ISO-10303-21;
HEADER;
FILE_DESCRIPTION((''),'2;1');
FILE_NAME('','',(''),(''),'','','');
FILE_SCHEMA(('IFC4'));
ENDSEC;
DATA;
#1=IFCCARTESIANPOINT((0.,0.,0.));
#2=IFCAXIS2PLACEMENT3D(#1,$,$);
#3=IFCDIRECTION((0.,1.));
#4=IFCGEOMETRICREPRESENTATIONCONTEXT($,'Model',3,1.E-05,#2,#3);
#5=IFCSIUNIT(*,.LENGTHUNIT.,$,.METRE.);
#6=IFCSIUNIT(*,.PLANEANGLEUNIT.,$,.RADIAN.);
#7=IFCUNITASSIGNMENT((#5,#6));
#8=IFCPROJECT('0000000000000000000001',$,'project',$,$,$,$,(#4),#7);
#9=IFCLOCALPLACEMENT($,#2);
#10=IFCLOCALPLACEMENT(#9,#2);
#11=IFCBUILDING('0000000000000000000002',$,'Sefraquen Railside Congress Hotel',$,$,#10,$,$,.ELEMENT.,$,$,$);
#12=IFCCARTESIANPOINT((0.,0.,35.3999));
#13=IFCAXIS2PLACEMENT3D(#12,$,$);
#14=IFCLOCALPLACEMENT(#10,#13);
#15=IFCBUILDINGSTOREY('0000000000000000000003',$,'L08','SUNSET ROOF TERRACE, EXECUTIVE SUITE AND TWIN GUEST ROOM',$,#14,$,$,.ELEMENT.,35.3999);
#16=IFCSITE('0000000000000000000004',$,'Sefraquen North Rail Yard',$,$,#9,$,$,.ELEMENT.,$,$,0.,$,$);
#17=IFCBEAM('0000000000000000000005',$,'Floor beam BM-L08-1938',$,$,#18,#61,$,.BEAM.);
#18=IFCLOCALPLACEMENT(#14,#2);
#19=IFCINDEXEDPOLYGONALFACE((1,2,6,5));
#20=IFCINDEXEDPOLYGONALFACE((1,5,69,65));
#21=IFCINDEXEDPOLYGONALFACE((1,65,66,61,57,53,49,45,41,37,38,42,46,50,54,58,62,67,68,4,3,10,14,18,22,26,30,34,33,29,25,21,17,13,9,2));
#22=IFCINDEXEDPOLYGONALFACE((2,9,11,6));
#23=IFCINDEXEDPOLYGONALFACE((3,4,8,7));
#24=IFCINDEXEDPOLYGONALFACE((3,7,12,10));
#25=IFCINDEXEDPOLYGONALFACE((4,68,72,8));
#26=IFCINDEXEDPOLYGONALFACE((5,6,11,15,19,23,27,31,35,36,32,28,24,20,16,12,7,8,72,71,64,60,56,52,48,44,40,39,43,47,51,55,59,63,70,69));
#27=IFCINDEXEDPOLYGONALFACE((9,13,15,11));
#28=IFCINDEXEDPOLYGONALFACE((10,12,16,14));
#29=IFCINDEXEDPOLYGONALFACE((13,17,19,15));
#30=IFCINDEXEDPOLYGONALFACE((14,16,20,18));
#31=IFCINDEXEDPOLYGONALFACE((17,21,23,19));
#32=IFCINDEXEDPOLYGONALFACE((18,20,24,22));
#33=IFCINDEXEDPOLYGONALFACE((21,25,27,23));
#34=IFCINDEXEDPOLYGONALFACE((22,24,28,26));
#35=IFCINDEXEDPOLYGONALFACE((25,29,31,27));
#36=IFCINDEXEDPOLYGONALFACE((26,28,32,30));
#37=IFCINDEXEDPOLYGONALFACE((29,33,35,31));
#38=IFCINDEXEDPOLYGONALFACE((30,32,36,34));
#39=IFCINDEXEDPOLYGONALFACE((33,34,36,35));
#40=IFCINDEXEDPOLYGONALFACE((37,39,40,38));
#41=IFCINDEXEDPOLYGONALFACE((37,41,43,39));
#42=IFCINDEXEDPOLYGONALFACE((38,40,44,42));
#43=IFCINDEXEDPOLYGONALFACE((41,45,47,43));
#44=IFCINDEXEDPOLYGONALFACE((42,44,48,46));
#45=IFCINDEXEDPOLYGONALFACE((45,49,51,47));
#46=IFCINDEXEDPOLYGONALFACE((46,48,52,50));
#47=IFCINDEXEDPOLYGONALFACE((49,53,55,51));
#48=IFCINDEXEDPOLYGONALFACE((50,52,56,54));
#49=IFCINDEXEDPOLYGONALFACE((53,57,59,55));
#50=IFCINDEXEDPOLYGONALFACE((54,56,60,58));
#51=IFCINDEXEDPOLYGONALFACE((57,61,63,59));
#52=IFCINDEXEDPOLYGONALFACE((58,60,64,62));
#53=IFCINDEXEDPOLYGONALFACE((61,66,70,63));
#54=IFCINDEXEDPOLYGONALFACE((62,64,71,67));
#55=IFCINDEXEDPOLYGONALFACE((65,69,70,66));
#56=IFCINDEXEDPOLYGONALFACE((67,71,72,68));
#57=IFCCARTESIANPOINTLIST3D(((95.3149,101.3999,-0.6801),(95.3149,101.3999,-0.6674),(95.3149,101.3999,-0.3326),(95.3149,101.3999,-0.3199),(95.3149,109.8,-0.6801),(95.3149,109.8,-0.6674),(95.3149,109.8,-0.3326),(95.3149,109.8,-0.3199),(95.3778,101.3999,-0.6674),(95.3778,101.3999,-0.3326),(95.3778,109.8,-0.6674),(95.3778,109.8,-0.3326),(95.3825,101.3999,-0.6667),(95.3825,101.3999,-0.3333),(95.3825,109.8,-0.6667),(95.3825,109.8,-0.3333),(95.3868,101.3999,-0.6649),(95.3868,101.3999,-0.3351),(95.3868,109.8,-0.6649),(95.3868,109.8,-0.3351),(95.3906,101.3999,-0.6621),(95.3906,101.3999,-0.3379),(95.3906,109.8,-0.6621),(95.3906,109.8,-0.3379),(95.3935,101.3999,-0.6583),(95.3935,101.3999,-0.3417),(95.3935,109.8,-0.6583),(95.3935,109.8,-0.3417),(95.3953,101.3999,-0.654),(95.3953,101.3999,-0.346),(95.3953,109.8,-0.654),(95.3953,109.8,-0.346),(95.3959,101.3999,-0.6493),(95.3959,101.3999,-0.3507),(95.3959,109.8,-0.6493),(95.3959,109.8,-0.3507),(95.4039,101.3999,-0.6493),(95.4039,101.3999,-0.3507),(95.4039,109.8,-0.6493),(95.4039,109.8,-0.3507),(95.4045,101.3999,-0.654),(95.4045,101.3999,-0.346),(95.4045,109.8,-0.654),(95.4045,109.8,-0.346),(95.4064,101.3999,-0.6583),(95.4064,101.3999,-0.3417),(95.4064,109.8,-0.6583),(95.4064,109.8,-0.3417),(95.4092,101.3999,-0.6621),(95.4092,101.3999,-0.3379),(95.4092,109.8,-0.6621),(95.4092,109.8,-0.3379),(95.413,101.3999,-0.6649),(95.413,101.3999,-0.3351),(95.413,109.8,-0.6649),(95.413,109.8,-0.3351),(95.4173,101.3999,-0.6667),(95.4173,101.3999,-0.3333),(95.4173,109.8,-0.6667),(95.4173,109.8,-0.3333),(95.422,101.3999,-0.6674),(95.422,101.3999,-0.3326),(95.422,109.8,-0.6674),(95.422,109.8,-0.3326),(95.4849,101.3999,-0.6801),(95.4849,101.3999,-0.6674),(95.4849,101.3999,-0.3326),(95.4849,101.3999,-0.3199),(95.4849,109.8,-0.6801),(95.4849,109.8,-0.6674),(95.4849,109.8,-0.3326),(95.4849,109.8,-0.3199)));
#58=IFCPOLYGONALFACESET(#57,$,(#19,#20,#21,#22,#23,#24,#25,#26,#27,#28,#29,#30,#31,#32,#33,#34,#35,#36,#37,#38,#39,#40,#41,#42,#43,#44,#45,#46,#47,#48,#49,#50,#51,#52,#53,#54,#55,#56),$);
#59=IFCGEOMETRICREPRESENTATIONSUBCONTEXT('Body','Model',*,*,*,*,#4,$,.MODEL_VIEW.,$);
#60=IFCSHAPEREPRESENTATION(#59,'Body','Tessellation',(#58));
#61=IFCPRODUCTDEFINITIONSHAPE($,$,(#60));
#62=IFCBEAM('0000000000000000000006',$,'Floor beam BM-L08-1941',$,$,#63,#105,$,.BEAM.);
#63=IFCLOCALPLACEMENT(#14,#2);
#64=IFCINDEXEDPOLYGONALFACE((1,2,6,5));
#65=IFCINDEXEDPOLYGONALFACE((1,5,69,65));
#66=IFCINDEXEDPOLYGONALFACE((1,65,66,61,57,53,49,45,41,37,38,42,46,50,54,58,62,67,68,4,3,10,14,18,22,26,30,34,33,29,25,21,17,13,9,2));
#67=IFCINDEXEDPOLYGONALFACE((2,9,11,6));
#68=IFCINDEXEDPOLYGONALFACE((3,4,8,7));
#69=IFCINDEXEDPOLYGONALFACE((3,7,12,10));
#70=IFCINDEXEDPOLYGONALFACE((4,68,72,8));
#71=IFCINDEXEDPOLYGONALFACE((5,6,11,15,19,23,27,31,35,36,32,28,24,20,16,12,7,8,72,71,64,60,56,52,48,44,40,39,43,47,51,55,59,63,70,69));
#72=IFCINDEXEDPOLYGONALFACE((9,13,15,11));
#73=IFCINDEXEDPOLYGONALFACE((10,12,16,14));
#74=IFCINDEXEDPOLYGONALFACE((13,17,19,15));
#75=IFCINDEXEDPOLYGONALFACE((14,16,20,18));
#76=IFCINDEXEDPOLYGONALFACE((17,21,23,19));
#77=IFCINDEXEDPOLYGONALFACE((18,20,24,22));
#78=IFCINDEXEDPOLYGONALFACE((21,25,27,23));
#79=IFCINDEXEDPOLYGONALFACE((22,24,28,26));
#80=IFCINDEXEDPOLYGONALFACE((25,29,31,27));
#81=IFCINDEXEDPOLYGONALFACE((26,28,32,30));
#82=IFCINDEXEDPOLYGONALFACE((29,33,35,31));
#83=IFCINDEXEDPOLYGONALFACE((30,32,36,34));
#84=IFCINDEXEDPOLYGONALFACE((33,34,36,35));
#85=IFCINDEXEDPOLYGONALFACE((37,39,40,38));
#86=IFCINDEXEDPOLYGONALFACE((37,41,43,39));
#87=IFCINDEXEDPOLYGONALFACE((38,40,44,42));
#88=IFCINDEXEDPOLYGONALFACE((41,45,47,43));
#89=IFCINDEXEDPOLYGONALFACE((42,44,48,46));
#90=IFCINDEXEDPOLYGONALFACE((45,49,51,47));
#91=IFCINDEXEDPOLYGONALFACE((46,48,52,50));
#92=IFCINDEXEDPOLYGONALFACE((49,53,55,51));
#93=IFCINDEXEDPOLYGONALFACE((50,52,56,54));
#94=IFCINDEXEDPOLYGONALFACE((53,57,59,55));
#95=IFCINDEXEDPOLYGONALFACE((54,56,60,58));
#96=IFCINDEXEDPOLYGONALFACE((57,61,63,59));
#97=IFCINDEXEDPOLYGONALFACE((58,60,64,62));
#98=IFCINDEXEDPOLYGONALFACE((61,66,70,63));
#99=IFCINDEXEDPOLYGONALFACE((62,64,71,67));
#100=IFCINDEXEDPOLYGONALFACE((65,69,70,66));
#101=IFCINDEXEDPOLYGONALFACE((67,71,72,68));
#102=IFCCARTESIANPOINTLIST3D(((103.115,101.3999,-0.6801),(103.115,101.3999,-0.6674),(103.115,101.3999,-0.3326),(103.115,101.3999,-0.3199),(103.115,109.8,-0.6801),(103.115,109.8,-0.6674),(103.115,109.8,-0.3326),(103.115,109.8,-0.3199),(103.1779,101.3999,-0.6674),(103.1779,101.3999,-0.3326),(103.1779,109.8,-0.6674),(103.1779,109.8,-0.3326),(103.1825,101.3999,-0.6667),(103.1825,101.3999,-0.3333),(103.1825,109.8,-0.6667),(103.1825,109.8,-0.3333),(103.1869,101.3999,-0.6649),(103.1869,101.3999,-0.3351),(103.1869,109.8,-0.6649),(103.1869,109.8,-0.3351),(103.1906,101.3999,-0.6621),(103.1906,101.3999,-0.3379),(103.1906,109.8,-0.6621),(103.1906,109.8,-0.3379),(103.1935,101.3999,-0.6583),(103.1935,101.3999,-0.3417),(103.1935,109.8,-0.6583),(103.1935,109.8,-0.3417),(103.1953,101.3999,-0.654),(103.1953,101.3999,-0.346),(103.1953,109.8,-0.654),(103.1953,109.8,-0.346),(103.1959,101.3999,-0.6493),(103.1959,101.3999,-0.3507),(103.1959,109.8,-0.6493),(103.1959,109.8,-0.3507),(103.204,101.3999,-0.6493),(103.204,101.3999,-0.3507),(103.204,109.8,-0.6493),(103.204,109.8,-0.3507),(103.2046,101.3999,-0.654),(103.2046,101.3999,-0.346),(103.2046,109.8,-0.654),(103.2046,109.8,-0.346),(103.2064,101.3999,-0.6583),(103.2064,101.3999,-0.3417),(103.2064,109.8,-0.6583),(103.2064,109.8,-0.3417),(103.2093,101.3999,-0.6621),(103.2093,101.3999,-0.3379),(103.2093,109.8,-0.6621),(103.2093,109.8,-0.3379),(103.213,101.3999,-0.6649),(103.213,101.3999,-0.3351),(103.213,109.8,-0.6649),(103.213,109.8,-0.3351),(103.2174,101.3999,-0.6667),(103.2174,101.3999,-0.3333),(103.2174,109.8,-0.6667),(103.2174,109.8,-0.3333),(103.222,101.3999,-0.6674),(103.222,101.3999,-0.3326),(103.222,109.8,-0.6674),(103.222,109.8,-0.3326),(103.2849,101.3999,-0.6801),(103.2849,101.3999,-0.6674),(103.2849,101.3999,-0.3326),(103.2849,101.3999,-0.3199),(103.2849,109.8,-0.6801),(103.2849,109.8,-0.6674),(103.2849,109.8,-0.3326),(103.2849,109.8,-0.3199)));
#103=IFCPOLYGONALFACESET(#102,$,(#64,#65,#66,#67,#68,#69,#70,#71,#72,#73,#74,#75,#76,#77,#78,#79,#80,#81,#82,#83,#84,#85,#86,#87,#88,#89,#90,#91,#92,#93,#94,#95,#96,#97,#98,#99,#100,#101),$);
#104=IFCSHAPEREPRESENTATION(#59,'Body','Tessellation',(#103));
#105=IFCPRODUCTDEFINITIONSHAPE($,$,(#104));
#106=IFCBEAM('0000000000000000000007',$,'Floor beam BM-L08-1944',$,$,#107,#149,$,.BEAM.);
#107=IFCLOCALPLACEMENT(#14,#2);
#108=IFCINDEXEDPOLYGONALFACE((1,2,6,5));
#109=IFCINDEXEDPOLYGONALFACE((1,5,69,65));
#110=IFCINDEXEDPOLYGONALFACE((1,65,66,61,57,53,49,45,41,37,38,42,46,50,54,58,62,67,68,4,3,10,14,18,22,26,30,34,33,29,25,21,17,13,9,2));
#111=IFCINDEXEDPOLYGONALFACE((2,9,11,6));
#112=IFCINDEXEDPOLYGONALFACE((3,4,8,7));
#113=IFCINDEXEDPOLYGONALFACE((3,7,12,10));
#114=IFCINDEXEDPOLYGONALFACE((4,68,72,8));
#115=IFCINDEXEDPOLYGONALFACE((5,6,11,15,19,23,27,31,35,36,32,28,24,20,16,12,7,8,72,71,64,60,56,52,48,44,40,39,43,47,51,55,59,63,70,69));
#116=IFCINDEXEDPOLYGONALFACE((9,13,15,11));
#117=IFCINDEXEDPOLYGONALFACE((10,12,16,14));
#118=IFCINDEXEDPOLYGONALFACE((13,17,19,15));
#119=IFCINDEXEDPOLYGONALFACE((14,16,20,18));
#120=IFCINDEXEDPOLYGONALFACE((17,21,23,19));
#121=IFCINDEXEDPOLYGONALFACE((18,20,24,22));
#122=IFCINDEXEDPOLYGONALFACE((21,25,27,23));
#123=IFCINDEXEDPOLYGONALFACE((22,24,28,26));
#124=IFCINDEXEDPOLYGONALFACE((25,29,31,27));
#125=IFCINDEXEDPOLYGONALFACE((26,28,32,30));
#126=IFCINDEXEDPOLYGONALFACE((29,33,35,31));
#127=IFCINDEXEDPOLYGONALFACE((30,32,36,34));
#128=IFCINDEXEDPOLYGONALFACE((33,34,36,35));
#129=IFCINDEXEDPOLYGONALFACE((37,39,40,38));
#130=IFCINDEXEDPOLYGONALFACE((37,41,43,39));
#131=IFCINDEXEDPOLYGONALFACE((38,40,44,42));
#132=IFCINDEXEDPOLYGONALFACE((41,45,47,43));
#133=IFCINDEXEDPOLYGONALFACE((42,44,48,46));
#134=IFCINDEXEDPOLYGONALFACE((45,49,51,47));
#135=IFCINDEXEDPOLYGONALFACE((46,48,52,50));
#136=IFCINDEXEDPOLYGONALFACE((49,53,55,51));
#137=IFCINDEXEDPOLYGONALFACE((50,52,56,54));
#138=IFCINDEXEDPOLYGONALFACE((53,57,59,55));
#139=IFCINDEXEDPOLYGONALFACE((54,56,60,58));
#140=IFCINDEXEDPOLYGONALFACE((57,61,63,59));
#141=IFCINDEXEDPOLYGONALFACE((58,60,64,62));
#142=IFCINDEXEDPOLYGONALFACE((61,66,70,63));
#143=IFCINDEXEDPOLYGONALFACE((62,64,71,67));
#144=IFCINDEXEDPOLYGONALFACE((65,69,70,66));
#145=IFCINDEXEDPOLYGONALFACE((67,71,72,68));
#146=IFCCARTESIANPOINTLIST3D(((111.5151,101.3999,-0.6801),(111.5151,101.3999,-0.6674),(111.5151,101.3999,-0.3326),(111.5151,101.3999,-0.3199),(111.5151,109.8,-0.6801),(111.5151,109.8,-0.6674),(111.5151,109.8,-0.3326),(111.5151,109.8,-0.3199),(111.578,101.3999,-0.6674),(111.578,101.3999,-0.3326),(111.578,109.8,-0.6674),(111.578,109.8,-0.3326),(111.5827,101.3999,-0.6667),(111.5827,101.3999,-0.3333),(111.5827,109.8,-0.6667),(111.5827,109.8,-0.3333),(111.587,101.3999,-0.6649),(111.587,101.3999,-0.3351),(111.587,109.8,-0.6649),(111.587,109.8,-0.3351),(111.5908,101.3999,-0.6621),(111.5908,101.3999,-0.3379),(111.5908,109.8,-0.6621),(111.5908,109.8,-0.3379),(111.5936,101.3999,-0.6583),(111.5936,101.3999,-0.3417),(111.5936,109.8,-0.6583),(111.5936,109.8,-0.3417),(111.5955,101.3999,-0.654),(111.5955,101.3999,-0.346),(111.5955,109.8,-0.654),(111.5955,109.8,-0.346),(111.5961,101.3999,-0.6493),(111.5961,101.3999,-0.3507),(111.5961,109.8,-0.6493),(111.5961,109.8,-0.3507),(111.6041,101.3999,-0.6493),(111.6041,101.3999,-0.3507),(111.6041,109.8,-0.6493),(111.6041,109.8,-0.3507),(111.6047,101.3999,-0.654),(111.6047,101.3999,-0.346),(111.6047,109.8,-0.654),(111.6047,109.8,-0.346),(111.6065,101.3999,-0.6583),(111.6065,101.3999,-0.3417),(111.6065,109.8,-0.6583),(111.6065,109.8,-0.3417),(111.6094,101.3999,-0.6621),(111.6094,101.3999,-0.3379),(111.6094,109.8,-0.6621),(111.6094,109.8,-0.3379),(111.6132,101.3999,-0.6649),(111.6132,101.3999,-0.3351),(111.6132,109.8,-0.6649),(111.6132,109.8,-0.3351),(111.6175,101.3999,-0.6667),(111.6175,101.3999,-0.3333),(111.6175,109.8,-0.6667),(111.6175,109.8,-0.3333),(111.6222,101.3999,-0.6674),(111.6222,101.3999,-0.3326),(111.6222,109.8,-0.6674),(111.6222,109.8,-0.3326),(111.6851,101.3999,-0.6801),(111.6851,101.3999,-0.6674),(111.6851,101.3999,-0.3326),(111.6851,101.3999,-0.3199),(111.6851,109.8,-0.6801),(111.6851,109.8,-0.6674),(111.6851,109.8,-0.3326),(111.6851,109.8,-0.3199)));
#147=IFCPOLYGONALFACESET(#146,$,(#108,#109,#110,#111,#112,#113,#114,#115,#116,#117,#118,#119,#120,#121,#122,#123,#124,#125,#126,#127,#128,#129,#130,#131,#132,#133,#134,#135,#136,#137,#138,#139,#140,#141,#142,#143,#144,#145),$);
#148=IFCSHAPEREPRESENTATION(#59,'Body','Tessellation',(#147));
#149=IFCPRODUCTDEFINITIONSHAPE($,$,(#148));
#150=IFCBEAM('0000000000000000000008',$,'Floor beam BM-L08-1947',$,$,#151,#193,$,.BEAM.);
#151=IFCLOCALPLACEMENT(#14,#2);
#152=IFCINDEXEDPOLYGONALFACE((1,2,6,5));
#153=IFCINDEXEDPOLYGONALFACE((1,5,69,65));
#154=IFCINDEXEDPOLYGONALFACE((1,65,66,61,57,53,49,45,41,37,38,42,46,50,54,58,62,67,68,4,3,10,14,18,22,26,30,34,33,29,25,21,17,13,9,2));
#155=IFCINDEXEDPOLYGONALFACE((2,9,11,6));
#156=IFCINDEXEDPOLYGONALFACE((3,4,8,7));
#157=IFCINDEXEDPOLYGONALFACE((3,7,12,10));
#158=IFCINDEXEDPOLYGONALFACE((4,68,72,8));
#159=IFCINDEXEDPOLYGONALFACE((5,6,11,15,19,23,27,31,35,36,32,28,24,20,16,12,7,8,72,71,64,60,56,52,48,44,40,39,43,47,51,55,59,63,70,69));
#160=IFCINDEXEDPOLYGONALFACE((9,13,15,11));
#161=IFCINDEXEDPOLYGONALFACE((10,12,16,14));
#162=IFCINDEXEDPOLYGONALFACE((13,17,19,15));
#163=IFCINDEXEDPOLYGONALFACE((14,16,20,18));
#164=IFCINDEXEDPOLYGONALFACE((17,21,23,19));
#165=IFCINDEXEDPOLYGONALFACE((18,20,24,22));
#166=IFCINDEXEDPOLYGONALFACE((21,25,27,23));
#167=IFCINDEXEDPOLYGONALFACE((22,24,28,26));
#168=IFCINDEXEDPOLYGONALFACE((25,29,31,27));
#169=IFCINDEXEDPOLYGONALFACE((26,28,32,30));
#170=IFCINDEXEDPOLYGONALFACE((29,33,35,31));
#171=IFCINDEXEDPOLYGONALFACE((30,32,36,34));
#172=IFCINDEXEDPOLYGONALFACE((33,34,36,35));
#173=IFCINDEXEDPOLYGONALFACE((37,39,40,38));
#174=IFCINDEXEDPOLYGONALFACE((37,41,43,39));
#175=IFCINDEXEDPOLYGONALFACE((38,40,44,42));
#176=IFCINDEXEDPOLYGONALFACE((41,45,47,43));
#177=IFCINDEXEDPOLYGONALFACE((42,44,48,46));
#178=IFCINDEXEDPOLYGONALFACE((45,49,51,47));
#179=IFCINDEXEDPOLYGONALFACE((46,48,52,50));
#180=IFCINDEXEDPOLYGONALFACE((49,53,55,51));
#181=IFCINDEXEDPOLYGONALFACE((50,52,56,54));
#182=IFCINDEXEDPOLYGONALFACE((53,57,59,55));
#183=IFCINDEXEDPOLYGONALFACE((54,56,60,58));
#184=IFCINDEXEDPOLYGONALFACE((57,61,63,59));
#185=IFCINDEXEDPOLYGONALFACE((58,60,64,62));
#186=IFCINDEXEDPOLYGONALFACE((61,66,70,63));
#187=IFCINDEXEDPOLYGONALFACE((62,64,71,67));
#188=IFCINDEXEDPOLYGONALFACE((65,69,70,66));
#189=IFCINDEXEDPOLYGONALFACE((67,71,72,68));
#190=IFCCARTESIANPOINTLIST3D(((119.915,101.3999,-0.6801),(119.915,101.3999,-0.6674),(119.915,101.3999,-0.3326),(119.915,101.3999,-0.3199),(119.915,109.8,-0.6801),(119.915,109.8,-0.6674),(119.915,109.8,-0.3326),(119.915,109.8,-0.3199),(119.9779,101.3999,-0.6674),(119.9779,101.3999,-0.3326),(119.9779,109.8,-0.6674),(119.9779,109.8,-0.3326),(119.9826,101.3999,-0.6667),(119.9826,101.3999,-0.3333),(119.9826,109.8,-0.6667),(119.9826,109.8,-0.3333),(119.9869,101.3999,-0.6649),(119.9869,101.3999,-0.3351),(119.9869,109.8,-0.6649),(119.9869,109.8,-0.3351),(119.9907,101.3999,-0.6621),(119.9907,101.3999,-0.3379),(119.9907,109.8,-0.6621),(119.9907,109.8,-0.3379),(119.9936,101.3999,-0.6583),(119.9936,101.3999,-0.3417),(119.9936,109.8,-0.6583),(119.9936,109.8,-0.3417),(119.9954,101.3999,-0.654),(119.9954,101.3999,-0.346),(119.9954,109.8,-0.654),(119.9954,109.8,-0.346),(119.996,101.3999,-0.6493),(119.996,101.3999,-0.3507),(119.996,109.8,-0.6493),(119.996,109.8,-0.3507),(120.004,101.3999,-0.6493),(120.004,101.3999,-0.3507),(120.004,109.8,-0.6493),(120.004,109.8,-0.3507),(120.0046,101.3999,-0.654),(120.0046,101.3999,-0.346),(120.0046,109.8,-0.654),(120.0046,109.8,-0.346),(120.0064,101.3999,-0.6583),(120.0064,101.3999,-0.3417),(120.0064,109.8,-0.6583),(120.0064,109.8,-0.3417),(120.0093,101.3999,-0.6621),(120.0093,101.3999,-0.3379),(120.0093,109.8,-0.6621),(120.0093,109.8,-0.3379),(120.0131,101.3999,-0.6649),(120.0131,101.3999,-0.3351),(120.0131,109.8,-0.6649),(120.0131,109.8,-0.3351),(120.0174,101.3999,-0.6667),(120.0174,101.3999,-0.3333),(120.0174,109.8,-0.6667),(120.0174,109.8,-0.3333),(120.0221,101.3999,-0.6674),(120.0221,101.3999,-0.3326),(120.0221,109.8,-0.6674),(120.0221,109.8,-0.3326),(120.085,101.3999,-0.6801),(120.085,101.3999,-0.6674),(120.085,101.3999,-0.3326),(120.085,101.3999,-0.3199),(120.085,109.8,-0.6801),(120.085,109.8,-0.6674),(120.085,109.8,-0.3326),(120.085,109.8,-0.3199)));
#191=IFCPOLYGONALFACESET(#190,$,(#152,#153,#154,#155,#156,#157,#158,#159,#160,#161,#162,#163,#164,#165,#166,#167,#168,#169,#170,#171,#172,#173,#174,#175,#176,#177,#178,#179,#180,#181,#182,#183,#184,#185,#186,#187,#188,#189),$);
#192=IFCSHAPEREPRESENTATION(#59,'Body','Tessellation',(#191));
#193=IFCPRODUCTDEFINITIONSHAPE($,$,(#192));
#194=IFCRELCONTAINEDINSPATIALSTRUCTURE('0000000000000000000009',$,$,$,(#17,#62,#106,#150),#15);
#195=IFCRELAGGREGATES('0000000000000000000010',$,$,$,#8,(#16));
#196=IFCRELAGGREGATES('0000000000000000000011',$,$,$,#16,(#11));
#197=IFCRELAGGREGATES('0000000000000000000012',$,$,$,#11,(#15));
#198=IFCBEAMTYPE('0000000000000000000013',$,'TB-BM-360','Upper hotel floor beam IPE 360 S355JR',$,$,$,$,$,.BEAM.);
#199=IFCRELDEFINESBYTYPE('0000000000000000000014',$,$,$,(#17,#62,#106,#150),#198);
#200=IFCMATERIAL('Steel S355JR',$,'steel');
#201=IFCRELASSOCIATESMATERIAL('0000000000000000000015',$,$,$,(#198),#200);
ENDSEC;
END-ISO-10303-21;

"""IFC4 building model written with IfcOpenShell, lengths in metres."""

from ifc_helpers import new_model, si_unit, direction, frame, origin, origin_2d, place, context, subcontext, project, spatial, i_section, extrude, material, material_profile, profile_set, type_object, element, save


model = new_model("IFC4")

# Units and contexts
model_context = context("Model", 3, precision=1e-05, world=origin(), true_north=direction((0.0, 1.0)))
body_context = subcontext(model_context, "Body", "Model", "MODEL_VIEW")
ifc_project = project(units=[si_unit("LENGTHUNIT", "METRE"), si_unit("PLANEANGLEUNIT", "RADIAN")], contexts=[model_context])

# Site, building, storey
site_placement = place(None, origin())
site = spatial("IfcSite", under=ifc_project, at=site_placement, Name="Sefraquen North Rail Yard", CompositionType="ELEMENT", RefElevation=0.0)
building_placement = place(site_placement, origin())
building = spatial("IfcBuilding", under=site, at=building_placement, Name="Sefraquen Railside Congress Hotel", CompositionType="ELEMENT")
storey_placement = place(building_placement, frame((0.0, 0.0, 35.3999)))
storey = spatial("IfcBuildingStorey", under=building, at=storey_placement, Name="L08", Description="SUNSET ROOF TERRACE, EXECUTIVE SUITE AND TWIN GUEST ROOM", CompositionType="ELEMENT", Elevation=35.3999)

# Shared definitions
ifc_material_1 = material(Name="Steel S355JR", Category="steel")

# Beams
ifc_material_profile_1 = material_profile(ifc_material_1, i_section(OverallWidth=0.1699, OverallDepth=0.3601, WebThickness=0.0081, FlangeThickness=0.0127, FilletRadius=0.0181, at=origin_2d()), Name="IPE 360")
ifc_profile_set_1 = profile_set([ifc_material_profile_1], Name="Steel S355JR")
beam_type_1 = type_object("IfcBeamType", Name="TB-BM-360", Description="Upper hotel floor beam IPE 360 S355JR", PredefinedType="BEAM", material=ifc_profile_set_1)
for number, where, z_axis, x_axis, name in (
    (1, (95.3999, 101.3999, -0.5), (0.0, 1.0, 0.0), (-1.0, 0.0, 0.0), "Floor beam BM-L08-1938"),
    (2, (103.2, 101.3999, -0.5), (0.0, 1.0, 0.0), (-1.0, 0.0, 0.0), "Floor beam BM-L08-1941"),
    (3, (111.6001, 101.3999, -0.5), (0.0, 1.0, 0.0), (-1.0, 0.0, 0.0), "Floor beam BM-L08-1944"),
    (4, (120.0, 101.3999, -0.5), (0.0, 1.0, 0.0), (-1.0, 0.0, 0.0), "Floor beam BM-L08-1947"),
):
    element("IfcBeam", number, at=place(storey_placement, frame(where, z_axis=z_axis, x_axis=x_axis)), inside=storey, type_object=beam_type_1, Name=name, PredefinedType="BEAM", context=body_context, shape_type="SweptSolid", body=[
        extrude(i_section(OverallWidth=0.1699, OverallDepth=0.3601, WebThickness=0.0081, FlangeThickness=0.0127, FilletRadius=0.0181, at=origin_2d()), origin(), (0.0, 0.0, 1.0), 8.4001),
    ])

save(model, "model.ifc")
